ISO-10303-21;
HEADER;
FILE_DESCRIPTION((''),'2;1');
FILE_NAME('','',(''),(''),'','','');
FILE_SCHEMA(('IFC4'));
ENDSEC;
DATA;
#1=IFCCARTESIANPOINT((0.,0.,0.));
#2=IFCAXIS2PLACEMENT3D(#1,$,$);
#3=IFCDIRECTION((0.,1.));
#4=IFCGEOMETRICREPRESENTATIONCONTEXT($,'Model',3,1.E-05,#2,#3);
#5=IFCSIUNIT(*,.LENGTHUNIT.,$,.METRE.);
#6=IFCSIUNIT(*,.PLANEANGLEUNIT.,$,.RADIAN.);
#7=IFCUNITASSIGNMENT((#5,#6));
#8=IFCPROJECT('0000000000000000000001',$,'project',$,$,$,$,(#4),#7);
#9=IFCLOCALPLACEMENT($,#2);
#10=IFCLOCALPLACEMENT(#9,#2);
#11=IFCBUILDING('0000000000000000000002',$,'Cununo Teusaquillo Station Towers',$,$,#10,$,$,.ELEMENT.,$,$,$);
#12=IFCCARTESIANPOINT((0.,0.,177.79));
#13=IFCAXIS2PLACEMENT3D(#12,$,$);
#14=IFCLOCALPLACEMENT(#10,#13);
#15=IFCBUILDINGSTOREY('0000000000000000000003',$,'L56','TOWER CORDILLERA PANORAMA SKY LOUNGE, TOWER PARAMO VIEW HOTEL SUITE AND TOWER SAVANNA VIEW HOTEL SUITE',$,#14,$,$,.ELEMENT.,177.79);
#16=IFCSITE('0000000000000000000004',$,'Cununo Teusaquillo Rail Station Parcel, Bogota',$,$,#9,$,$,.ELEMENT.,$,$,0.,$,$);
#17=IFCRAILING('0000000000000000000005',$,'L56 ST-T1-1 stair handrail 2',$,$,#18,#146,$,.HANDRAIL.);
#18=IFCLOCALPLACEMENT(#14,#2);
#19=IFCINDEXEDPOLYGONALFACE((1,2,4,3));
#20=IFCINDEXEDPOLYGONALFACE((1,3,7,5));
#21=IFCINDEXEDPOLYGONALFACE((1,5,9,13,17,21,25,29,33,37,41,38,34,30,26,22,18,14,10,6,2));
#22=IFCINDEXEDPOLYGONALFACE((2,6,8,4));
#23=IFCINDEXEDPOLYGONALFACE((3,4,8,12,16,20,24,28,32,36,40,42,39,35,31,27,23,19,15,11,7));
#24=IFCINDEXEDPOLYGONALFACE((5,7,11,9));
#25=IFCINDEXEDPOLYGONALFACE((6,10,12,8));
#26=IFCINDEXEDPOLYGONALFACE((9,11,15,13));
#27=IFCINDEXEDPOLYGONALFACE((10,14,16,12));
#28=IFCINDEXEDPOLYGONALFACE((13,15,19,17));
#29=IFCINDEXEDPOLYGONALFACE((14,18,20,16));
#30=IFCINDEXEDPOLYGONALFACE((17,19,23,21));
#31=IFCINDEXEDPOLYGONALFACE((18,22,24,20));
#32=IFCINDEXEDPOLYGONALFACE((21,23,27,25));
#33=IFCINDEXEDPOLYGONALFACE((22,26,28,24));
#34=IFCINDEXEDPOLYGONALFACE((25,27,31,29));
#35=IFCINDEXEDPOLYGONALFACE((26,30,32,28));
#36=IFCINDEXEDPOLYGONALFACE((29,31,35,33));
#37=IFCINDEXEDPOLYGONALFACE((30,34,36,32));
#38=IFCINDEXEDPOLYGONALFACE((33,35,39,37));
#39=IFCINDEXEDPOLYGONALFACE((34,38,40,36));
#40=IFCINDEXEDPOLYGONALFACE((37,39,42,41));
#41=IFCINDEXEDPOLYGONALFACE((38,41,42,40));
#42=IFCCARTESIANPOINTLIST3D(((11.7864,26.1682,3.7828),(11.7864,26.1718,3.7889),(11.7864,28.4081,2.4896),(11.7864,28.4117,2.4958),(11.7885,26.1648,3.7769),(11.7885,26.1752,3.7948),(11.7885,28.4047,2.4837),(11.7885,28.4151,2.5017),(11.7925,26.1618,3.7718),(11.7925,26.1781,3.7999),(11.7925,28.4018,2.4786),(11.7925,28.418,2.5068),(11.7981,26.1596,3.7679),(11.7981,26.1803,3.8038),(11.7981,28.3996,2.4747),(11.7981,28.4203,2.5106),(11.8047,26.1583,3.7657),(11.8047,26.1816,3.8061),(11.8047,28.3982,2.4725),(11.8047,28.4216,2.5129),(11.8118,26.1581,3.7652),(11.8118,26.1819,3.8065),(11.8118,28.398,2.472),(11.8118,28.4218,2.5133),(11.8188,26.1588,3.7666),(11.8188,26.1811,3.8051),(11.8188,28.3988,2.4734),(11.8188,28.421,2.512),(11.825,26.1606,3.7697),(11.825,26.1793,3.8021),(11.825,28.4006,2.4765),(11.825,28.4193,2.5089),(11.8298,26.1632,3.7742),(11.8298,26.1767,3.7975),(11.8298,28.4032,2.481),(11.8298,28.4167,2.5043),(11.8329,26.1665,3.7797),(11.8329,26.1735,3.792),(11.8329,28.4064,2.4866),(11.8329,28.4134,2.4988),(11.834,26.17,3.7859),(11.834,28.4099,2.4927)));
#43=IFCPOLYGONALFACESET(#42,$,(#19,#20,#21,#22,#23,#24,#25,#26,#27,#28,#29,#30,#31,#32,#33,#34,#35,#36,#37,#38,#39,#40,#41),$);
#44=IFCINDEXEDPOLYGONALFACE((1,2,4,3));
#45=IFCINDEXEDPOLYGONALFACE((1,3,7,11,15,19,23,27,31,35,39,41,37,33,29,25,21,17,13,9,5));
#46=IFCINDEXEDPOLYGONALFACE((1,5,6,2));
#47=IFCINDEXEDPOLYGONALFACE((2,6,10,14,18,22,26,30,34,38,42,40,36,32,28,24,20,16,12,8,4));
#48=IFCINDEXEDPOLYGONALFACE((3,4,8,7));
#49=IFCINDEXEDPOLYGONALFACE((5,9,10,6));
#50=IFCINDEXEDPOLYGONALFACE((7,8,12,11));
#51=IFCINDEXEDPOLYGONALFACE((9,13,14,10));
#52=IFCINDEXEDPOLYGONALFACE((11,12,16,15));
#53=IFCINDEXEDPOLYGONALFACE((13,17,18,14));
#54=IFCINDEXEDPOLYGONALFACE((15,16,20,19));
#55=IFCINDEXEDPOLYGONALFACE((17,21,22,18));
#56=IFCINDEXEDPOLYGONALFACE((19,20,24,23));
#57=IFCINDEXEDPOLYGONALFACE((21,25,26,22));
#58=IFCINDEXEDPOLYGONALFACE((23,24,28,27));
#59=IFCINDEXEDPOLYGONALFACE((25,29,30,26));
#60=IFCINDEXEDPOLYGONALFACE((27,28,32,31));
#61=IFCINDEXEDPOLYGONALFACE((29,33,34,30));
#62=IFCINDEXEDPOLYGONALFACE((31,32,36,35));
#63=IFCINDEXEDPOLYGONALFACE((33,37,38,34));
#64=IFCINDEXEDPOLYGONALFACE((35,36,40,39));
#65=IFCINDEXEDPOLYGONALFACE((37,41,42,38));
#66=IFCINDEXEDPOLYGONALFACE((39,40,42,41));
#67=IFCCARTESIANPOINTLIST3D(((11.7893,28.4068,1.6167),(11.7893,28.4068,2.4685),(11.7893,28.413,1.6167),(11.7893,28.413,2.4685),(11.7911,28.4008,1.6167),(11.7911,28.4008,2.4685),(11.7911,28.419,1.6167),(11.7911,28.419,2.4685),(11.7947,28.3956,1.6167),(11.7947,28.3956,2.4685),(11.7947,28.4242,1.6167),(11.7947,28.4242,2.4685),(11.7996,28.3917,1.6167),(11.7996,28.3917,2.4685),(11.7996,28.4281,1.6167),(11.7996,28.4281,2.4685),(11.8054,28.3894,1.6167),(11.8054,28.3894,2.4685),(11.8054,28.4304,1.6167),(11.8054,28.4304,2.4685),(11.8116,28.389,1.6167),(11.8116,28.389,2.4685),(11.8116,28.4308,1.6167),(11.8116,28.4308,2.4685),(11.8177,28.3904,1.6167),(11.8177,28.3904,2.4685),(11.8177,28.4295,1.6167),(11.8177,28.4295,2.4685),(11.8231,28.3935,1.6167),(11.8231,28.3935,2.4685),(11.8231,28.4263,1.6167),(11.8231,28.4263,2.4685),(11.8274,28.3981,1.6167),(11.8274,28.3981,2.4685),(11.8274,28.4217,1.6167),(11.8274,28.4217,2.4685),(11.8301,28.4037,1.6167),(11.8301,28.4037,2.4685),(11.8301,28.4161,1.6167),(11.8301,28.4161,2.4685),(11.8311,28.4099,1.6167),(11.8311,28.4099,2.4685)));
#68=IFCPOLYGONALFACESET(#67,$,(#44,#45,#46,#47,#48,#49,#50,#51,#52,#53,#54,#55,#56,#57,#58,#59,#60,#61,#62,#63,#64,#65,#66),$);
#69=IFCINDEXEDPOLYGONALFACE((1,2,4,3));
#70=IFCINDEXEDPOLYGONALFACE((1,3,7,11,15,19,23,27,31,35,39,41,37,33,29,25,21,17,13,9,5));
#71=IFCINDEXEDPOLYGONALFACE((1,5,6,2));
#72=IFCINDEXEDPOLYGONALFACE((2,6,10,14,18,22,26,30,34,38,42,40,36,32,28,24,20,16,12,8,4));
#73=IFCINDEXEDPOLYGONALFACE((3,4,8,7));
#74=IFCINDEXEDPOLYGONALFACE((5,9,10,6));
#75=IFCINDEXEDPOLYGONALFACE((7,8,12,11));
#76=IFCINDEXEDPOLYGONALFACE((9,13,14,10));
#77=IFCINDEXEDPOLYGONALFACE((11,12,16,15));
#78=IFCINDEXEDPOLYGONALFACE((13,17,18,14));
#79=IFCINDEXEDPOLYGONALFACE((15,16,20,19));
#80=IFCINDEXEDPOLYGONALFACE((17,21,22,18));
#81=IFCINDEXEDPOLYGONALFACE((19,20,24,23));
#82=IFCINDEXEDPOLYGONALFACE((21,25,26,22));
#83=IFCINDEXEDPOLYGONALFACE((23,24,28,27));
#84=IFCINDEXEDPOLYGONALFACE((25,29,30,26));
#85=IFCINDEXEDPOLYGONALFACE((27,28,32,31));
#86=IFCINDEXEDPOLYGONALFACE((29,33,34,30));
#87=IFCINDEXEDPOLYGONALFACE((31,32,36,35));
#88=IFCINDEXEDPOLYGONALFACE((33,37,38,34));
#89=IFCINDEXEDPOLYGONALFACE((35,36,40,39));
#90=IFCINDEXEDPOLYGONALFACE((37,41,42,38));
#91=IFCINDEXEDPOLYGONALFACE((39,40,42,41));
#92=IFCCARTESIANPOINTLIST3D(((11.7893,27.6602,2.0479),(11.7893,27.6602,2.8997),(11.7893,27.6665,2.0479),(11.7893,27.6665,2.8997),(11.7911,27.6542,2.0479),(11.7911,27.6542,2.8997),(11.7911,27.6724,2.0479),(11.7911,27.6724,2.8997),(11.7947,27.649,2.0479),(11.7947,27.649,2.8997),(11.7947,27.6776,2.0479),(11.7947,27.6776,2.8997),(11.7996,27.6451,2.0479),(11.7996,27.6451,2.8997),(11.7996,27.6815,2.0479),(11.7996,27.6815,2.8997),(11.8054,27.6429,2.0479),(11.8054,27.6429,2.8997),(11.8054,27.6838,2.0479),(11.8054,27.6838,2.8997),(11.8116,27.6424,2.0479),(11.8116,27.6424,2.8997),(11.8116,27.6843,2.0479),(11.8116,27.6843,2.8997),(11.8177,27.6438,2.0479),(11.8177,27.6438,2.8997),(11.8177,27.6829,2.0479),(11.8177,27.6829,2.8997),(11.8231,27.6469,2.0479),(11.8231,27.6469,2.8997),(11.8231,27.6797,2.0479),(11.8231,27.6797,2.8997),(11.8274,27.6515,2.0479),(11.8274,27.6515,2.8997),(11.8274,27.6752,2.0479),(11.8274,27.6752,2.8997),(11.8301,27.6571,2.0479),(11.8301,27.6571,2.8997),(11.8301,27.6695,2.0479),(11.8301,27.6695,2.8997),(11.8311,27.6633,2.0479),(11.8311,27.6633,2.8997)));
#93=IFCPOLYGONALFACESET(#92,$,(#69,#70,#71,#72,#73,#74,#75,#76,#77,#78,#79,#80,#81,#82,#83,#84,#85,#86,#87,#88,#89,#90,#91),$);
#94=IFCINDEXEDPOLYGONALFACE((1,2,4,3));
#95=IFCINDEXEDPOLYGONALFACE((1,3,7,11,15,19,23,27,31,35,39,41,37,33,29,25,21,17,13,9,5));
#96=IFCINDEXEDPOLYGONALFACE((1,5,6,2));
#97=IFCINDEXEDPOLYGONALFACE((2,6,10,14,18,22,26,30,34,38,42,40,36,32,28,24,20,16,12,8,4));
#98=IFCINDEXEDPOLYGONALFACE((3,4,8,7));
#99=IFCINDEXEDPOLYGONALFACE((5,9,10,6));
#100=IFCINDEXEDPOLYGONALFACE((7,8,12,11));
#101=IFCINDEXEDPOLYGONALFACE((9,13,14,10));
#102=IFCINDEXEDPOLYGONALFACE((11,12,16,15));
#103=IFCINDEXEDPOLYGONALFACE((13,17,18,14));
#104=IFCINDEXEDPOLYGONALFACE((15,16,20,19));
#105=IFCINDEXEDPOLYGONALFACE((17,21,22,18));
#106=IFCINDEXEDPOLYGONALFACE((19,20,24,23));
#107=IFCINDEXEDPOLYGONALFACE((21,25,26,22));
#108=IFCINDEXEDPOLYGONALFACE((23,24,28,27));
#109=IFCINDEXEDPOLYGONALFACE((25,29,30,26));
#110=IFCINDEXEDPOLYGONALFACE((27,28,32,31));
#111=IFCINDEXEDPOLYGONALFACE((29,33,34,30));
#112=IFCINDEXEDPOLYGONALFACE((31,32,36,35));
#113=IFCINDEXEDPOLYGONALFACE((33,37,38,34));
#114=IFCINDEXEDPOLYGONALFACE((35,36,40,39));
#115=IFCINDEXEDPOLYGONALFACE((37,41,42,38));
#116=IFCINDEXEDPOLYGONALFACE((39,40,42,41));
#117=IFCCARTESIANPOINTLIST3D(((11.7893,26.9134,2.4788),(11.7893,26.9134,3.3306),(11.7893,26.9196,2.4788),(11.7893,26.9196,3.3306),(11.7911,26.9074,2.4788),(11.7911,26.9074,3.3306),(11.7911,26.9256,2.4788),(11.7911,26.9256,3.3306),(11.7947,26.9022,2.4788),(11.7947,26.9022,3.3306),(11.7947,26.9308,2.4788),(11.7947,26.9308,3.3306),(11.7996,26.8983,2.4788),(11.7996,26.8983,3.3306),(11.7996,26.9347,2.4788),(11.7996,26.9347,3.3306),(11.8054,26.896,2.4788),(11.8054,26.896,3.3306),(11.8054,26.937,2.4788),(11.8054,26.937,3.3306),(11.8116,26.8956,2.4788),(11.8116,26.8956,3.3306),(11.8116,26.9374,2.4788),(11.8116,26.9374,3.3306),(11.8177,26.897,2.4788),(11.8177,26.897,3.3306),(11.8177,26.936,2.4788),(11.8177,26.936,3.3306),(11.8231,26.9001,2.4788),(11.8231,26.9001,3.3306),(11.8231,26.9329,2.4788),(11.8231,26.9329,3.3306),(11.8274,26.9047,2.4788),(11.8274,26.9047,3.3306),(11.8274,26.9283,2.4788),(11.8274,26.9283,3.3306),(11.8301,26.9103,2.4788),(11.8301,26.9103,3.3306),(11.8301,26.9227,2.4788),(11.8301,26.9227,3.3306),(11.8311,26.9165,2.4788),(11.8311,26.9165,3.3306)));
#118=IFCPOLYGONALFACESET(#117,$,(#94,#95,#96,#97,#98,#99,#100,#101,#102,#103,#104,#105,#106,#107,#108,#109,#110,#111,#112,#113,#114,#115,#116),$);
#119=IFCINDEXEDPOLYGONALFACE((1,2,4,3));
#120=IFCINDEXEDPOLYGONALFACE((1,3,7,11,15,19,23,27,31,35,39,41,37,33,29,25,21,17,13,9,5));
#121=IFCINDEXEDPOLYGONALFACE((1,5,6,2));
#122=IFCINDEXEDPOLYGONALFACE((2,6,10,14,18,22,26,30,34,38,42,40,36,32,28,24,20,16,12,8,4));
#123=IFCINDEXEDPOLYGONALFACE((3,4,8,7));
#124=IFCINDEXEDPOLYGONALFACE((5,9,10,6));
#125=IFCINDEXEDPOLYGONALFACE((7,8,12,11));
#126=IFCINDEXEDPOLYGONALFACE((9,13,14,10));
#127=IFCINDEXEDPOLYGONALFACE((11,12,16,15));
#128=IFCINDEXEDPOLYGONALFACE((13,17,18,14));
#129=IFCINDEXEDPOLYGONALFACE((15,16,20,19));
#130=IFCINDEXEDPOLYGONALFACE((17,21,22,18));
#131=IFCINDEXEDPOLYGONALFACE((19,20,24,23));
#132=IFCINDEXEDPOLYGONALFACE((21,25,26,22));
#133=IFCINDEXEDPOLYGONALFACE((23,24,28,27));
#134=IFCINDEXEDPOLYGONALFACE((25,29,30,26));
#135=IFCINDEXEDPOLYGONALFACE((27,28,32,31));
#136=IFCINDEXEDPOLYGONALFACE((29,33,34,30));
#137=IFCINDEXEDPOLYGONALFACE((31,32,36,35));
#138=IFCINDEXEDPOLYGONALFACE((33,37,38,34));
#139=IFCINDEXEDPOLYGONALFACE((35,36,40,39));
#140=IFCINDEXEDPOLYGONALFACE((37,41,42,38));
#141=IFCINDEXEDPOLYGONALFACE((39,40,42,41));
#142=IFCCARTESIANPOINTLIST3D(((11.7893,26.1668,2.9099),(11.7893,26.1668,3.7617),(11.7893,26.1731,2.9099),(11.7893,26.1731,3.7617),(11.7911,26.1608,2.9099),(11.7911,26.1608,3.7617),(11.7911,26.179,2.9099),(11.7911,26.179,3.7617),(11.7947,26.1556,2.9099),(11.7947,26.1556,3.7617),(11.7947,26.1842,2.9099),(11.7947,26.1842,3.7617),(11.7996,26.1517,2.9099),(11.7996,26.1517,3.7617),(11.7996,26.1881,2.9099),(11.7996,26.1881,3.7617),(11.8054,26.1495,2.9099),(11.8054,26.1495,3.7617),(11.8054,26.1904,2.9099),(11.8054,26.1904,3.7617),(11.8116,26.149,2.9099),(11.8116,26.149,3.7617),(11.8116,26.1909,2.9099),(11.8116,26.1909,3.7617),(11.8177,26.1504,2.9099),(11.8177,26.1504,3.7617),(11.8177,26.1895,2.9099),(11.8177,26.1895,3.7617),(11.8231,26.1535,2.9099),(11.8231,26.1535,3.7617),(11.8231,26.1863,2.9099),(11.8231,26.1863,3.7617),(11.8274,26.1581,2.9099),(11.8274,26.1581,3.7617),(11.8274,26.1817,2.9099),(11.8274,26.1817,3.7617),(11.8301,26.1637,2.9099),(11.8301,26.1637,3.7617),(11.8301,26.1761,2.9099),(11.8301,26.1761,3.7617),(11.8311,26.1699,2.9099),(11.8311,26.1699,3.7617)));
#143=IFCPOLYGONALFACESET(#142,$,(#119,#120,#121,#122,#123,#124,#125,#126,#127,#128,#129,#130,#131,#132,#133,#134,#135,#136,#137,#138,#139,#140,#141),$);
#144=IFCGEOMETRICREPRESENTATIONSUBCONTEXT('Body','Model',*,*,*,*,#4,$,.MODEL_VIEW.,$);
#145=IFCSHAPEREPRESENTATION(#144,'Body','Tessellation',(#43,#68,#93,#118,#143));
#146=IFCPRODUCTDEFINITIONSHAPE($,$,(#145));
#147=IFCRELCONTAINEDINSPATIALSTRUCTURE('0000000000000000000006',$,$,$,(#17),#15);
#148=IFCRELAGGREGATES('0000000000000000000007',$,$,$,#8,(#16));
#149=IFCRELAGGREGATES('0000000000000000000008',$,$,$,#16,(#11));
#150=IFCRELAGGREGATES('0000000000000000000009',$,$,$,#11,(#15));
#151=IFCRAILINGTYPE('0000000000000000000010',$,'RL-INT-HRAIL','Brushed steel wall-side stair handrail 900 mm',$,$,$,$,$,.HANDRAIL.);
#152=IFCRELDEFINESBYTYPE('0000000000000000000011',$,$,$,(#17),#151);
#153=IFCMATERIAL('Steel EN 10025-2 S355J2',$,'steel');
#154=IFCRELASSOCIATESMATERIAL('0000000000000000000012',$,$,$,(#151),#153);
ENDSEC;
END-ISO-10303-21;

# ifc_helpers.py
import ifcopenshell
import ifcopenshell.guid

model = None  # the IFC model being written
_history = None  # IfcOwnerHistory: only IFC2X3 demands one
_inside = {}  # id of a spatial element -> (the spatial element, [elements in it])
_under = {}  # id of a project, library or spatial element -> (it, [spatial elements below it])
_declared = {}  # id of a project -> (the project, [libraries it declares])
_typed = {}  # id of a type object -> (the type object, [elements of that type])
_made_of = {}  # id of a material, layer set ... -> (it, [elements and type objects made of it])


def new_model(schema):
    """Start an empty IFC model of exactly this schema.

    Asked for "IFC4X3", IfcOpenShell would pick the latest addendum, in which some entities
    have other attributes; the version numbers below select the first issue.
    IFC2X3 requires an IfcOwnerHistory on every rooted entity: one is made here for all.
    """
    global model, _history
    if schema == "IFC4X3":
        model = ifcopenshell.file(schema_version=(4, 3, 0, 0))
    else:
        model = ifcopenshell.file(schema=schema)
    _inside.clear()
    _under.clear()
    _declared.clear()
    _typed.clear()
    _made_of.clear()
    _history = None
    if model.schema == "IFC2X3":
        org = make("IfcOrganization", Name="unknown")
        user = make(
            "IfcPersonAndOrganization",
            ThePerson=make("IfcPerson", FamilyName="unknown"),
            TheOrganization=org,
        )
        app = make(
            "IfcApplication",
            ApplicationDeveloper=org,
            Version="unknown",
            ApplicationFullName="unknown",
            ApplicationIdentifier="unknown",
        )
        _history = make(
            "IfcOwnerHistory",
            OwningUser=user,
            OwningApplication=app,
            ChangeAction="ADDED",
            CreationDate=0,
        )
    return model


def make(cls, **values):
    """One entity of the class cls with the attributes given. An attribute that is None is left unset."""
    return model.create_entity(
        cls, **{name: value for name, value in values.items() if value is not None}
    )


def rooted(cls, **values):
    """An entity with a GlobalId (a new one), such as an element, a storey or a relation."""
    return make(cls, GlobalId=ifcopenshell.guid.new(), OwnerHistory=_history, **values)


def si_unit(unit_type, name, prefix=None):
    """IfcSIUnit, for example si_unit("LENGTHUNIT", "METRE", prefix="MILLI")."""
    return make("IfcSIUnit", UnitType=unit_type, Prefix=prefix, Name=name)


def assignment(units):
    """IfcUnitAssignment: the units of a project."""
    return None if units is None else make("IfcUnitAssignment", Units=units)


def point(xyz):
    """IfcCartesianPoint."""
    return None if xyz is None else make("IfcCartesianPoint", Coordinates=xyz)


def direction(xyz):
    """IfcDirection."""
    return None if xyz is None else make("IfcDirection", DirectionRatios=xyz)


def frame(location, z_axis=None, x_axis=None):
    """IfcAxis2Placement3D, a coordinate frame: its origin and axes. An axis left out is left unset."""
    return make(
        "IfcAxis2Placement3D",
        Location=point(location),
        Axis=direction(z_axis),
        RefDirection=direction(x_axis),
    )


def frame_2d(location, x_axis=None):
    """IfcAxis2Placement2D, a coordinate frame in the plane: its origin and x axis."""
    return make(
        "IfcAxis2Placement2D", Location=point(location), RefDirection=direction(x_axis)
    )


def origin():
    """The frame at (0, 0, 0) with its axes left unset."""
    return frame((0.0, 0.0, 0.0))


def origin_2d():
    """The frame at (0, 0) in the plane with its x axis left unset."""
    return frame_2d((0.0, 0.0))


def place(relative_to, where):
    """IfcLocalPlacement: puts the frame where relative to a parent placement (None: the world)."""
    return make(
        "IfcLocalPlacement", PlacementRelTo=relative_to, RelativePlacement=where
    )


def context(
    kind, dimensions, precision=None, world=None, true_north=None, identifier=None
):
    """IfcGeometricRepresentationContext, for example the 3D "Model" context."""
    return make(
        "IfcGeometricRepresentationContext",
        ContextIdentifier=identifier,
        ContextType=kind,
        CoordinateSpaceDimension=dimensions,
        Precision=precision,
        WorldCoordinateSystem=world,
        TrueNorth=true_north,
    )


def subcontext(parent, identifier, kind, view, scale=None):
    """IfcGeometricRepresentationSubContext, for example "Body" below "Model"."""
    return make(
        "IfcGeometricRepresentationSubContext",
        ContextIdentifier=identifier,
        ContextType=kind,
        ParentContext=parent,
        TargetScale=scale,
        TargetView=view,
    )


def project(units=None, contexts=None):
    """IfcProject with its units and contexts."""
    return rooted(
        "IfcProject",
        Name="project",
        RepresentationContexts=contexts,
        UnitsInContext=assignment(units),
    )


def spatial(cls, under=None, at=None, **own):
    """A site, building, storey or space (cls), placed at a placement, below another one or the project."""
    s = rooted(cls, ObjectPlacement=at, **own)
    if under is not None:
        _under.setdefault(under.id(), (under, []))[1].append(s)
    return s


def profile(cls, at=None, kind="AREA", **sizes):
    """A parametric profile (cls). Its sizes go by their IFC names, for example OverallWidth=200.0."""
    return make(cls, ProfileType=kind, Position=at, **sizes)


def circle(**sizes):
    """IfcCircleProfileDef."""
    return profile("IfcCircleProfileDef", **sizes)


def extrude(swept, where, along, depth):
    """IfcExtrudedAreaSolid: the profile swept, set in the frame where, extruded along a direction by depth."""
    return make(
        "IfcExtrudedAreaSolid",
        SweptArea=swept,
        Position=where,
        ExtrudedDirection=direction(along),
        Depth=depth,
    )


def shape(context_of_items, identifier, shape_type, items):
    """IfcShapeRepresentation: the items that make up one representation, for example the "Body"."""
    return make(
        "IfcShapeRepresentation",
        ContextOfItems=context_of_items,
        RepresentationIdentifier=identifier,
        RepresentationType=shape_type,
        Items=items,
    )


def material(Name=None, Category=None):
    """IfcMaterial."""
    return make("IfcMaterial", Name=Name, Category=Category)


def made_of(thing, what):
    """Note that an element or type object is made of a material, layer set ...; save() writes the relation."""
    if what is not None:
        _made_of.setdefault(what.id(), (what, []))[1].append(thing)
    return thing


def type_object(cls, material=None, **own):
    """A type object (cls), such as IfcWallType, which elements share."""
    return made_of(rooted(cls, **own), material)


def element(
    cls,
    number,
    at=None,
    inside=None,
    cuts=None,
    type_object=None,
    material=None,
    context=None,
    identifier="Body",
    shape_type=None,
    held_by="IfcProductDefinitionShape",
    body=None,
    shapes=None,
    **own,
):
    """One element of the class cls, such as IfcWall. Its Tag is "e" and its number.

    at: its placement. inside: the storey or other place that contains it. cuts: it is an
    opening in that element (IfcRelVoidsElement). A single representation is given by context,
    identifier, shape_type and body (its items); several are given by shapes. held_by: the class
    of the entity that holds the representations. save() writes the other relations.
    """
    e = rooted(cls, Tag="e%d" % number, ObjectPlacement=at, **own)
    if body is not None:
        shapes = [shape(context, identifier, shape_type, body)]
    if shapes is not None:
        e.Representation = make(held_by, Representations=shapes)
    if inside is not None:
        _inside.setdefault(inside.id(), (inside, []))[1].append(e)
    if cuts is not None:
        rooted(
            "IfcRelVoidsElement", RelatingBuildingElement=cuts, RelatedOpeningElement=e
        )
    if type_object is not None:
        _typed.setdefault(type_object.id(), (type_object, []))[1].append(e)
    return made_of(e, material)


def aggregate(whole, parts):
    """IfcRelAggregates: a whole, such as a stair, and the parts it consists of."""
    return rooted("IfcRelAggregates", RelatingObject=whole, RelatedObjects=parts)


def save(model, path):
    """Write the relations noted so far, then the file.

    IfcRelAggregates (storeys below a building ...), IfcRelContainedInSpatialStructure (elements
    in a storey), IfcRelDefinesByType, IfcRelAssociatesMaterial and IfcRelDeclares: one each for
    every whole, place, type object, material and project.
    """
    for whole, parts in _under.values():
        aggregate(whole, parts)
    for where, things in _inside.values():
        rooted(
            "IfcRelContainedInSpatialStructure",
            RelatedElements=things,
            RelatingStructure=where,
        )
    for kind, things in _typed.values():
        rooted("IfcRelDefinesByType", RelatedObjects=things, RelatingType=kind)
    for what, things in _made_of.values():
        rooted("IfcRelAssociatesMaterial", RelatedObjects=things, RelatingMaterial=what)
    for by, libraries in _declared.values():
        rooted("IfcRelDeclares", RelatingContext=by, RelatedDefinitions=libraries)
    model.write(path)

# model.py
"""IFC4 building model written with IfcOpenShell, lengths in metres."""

from ifc_helpers import new_model, si_unit, direction, frame, origin, origin_2d, place, context, subcontext, project, spatial, circle, extrude, material, type_object, element, save


model = new_model("IFC4")

# Units and contexts
model_context = context("Model", 3, precision=1e-05, world=origin(), true_north=direction((0.0, 1.0)))
body_context = subcontext(model_context, "Body", "Model", "MODEL_VIEW")
ifc_project = project(units=[si_unit("LENGTHUNIT", "METRE"), si_unit("PLANEANGLEUNIT", "RADIAN")], contexts=[model_context])

# Site, building, storey
site_placement = place(None, origin())
site = spatial("IfcSite", under=ifc_project, at=site_placement, Name="Cununo Teusaquillo Rail Station Parcel, Bogota", CompositionType="ELEMENT", RefElevation=0.0)
building_placement = place(site_placement, origin())
building = spatial("IfcBuilding", under=site, at=building_placement, Name="Cununo Teusaquillo Station Towers", CompositionType="ELEMENT")
storey_placement = place(building_placement, frame((0.0, 0.0, 177.79)))
storey = spatial("IfcBuildingStorey", under=building, at=storey_placement, Name="L56", Description="TOWER CORDILLERA PANORAMA SKY LOUNGE, TOWER PARAMO VIEW HOTEL SUITE AND TOWER SAVANNA VIEW HOTEL SUITE", CompositionType="ELEMENT", Elevation=177.79)

# Railing
ifc_material_1 = material(Name="Steel EN 10025-2 S355J2", Category="steel")
railing_type_1 = type_object("IfcRailingType", Name="RL-INT-HRAIL", Description="Brushed steel wall-side stair handrail 900 mm", PredefinedType="HANDRAIL", material=ifc_material_1)
railing_1_placement = place(storey_placement, frame((11.8101, 28.4099, 1.6167)))
element("IfcRailing", 1, at=railing_1_placement, inside=storey, type_object=railing_type_1, Name="L56 ST-T1-1 stair handrail 2", PredefinedType="HANDRAIL", context=body_context, shape_type="SweptSolid", body=[
    extrude(circle(Radius=0.0239, at=origin_2d()), frame((0.0, 0.0, 0.876), z_axis=(0.0, -0.866033, 0.499987), x_axis=(1.0, 0.0, 0.0)), (0.0, 0.0, 1.0), 2.5864),
    extrude(circle(Radius=0.021, at=origin_2d()), origin(), (0.0, 0.0, 1.0), 0.8518),
    extrude(circle(Radius=0.021, at=origin_2d()), frame((0.0, -0.7466, 0.4312)), (0.0, 0.0, 1.0), 0.8518),
    extrude(circle(Radius=0.021, at=origin_2d()), frame((0.0, -1.4934, 0.8621)), (0.0, 0.0, 1.0), 0.8518),
    extrude(circle(Radius=0.021, at=origin_2d()), frame((0.0, -2.24, 1.2932)), (0.0, 0.0, 1.0), 0.8518),
])

save(model, "model.ifc")
